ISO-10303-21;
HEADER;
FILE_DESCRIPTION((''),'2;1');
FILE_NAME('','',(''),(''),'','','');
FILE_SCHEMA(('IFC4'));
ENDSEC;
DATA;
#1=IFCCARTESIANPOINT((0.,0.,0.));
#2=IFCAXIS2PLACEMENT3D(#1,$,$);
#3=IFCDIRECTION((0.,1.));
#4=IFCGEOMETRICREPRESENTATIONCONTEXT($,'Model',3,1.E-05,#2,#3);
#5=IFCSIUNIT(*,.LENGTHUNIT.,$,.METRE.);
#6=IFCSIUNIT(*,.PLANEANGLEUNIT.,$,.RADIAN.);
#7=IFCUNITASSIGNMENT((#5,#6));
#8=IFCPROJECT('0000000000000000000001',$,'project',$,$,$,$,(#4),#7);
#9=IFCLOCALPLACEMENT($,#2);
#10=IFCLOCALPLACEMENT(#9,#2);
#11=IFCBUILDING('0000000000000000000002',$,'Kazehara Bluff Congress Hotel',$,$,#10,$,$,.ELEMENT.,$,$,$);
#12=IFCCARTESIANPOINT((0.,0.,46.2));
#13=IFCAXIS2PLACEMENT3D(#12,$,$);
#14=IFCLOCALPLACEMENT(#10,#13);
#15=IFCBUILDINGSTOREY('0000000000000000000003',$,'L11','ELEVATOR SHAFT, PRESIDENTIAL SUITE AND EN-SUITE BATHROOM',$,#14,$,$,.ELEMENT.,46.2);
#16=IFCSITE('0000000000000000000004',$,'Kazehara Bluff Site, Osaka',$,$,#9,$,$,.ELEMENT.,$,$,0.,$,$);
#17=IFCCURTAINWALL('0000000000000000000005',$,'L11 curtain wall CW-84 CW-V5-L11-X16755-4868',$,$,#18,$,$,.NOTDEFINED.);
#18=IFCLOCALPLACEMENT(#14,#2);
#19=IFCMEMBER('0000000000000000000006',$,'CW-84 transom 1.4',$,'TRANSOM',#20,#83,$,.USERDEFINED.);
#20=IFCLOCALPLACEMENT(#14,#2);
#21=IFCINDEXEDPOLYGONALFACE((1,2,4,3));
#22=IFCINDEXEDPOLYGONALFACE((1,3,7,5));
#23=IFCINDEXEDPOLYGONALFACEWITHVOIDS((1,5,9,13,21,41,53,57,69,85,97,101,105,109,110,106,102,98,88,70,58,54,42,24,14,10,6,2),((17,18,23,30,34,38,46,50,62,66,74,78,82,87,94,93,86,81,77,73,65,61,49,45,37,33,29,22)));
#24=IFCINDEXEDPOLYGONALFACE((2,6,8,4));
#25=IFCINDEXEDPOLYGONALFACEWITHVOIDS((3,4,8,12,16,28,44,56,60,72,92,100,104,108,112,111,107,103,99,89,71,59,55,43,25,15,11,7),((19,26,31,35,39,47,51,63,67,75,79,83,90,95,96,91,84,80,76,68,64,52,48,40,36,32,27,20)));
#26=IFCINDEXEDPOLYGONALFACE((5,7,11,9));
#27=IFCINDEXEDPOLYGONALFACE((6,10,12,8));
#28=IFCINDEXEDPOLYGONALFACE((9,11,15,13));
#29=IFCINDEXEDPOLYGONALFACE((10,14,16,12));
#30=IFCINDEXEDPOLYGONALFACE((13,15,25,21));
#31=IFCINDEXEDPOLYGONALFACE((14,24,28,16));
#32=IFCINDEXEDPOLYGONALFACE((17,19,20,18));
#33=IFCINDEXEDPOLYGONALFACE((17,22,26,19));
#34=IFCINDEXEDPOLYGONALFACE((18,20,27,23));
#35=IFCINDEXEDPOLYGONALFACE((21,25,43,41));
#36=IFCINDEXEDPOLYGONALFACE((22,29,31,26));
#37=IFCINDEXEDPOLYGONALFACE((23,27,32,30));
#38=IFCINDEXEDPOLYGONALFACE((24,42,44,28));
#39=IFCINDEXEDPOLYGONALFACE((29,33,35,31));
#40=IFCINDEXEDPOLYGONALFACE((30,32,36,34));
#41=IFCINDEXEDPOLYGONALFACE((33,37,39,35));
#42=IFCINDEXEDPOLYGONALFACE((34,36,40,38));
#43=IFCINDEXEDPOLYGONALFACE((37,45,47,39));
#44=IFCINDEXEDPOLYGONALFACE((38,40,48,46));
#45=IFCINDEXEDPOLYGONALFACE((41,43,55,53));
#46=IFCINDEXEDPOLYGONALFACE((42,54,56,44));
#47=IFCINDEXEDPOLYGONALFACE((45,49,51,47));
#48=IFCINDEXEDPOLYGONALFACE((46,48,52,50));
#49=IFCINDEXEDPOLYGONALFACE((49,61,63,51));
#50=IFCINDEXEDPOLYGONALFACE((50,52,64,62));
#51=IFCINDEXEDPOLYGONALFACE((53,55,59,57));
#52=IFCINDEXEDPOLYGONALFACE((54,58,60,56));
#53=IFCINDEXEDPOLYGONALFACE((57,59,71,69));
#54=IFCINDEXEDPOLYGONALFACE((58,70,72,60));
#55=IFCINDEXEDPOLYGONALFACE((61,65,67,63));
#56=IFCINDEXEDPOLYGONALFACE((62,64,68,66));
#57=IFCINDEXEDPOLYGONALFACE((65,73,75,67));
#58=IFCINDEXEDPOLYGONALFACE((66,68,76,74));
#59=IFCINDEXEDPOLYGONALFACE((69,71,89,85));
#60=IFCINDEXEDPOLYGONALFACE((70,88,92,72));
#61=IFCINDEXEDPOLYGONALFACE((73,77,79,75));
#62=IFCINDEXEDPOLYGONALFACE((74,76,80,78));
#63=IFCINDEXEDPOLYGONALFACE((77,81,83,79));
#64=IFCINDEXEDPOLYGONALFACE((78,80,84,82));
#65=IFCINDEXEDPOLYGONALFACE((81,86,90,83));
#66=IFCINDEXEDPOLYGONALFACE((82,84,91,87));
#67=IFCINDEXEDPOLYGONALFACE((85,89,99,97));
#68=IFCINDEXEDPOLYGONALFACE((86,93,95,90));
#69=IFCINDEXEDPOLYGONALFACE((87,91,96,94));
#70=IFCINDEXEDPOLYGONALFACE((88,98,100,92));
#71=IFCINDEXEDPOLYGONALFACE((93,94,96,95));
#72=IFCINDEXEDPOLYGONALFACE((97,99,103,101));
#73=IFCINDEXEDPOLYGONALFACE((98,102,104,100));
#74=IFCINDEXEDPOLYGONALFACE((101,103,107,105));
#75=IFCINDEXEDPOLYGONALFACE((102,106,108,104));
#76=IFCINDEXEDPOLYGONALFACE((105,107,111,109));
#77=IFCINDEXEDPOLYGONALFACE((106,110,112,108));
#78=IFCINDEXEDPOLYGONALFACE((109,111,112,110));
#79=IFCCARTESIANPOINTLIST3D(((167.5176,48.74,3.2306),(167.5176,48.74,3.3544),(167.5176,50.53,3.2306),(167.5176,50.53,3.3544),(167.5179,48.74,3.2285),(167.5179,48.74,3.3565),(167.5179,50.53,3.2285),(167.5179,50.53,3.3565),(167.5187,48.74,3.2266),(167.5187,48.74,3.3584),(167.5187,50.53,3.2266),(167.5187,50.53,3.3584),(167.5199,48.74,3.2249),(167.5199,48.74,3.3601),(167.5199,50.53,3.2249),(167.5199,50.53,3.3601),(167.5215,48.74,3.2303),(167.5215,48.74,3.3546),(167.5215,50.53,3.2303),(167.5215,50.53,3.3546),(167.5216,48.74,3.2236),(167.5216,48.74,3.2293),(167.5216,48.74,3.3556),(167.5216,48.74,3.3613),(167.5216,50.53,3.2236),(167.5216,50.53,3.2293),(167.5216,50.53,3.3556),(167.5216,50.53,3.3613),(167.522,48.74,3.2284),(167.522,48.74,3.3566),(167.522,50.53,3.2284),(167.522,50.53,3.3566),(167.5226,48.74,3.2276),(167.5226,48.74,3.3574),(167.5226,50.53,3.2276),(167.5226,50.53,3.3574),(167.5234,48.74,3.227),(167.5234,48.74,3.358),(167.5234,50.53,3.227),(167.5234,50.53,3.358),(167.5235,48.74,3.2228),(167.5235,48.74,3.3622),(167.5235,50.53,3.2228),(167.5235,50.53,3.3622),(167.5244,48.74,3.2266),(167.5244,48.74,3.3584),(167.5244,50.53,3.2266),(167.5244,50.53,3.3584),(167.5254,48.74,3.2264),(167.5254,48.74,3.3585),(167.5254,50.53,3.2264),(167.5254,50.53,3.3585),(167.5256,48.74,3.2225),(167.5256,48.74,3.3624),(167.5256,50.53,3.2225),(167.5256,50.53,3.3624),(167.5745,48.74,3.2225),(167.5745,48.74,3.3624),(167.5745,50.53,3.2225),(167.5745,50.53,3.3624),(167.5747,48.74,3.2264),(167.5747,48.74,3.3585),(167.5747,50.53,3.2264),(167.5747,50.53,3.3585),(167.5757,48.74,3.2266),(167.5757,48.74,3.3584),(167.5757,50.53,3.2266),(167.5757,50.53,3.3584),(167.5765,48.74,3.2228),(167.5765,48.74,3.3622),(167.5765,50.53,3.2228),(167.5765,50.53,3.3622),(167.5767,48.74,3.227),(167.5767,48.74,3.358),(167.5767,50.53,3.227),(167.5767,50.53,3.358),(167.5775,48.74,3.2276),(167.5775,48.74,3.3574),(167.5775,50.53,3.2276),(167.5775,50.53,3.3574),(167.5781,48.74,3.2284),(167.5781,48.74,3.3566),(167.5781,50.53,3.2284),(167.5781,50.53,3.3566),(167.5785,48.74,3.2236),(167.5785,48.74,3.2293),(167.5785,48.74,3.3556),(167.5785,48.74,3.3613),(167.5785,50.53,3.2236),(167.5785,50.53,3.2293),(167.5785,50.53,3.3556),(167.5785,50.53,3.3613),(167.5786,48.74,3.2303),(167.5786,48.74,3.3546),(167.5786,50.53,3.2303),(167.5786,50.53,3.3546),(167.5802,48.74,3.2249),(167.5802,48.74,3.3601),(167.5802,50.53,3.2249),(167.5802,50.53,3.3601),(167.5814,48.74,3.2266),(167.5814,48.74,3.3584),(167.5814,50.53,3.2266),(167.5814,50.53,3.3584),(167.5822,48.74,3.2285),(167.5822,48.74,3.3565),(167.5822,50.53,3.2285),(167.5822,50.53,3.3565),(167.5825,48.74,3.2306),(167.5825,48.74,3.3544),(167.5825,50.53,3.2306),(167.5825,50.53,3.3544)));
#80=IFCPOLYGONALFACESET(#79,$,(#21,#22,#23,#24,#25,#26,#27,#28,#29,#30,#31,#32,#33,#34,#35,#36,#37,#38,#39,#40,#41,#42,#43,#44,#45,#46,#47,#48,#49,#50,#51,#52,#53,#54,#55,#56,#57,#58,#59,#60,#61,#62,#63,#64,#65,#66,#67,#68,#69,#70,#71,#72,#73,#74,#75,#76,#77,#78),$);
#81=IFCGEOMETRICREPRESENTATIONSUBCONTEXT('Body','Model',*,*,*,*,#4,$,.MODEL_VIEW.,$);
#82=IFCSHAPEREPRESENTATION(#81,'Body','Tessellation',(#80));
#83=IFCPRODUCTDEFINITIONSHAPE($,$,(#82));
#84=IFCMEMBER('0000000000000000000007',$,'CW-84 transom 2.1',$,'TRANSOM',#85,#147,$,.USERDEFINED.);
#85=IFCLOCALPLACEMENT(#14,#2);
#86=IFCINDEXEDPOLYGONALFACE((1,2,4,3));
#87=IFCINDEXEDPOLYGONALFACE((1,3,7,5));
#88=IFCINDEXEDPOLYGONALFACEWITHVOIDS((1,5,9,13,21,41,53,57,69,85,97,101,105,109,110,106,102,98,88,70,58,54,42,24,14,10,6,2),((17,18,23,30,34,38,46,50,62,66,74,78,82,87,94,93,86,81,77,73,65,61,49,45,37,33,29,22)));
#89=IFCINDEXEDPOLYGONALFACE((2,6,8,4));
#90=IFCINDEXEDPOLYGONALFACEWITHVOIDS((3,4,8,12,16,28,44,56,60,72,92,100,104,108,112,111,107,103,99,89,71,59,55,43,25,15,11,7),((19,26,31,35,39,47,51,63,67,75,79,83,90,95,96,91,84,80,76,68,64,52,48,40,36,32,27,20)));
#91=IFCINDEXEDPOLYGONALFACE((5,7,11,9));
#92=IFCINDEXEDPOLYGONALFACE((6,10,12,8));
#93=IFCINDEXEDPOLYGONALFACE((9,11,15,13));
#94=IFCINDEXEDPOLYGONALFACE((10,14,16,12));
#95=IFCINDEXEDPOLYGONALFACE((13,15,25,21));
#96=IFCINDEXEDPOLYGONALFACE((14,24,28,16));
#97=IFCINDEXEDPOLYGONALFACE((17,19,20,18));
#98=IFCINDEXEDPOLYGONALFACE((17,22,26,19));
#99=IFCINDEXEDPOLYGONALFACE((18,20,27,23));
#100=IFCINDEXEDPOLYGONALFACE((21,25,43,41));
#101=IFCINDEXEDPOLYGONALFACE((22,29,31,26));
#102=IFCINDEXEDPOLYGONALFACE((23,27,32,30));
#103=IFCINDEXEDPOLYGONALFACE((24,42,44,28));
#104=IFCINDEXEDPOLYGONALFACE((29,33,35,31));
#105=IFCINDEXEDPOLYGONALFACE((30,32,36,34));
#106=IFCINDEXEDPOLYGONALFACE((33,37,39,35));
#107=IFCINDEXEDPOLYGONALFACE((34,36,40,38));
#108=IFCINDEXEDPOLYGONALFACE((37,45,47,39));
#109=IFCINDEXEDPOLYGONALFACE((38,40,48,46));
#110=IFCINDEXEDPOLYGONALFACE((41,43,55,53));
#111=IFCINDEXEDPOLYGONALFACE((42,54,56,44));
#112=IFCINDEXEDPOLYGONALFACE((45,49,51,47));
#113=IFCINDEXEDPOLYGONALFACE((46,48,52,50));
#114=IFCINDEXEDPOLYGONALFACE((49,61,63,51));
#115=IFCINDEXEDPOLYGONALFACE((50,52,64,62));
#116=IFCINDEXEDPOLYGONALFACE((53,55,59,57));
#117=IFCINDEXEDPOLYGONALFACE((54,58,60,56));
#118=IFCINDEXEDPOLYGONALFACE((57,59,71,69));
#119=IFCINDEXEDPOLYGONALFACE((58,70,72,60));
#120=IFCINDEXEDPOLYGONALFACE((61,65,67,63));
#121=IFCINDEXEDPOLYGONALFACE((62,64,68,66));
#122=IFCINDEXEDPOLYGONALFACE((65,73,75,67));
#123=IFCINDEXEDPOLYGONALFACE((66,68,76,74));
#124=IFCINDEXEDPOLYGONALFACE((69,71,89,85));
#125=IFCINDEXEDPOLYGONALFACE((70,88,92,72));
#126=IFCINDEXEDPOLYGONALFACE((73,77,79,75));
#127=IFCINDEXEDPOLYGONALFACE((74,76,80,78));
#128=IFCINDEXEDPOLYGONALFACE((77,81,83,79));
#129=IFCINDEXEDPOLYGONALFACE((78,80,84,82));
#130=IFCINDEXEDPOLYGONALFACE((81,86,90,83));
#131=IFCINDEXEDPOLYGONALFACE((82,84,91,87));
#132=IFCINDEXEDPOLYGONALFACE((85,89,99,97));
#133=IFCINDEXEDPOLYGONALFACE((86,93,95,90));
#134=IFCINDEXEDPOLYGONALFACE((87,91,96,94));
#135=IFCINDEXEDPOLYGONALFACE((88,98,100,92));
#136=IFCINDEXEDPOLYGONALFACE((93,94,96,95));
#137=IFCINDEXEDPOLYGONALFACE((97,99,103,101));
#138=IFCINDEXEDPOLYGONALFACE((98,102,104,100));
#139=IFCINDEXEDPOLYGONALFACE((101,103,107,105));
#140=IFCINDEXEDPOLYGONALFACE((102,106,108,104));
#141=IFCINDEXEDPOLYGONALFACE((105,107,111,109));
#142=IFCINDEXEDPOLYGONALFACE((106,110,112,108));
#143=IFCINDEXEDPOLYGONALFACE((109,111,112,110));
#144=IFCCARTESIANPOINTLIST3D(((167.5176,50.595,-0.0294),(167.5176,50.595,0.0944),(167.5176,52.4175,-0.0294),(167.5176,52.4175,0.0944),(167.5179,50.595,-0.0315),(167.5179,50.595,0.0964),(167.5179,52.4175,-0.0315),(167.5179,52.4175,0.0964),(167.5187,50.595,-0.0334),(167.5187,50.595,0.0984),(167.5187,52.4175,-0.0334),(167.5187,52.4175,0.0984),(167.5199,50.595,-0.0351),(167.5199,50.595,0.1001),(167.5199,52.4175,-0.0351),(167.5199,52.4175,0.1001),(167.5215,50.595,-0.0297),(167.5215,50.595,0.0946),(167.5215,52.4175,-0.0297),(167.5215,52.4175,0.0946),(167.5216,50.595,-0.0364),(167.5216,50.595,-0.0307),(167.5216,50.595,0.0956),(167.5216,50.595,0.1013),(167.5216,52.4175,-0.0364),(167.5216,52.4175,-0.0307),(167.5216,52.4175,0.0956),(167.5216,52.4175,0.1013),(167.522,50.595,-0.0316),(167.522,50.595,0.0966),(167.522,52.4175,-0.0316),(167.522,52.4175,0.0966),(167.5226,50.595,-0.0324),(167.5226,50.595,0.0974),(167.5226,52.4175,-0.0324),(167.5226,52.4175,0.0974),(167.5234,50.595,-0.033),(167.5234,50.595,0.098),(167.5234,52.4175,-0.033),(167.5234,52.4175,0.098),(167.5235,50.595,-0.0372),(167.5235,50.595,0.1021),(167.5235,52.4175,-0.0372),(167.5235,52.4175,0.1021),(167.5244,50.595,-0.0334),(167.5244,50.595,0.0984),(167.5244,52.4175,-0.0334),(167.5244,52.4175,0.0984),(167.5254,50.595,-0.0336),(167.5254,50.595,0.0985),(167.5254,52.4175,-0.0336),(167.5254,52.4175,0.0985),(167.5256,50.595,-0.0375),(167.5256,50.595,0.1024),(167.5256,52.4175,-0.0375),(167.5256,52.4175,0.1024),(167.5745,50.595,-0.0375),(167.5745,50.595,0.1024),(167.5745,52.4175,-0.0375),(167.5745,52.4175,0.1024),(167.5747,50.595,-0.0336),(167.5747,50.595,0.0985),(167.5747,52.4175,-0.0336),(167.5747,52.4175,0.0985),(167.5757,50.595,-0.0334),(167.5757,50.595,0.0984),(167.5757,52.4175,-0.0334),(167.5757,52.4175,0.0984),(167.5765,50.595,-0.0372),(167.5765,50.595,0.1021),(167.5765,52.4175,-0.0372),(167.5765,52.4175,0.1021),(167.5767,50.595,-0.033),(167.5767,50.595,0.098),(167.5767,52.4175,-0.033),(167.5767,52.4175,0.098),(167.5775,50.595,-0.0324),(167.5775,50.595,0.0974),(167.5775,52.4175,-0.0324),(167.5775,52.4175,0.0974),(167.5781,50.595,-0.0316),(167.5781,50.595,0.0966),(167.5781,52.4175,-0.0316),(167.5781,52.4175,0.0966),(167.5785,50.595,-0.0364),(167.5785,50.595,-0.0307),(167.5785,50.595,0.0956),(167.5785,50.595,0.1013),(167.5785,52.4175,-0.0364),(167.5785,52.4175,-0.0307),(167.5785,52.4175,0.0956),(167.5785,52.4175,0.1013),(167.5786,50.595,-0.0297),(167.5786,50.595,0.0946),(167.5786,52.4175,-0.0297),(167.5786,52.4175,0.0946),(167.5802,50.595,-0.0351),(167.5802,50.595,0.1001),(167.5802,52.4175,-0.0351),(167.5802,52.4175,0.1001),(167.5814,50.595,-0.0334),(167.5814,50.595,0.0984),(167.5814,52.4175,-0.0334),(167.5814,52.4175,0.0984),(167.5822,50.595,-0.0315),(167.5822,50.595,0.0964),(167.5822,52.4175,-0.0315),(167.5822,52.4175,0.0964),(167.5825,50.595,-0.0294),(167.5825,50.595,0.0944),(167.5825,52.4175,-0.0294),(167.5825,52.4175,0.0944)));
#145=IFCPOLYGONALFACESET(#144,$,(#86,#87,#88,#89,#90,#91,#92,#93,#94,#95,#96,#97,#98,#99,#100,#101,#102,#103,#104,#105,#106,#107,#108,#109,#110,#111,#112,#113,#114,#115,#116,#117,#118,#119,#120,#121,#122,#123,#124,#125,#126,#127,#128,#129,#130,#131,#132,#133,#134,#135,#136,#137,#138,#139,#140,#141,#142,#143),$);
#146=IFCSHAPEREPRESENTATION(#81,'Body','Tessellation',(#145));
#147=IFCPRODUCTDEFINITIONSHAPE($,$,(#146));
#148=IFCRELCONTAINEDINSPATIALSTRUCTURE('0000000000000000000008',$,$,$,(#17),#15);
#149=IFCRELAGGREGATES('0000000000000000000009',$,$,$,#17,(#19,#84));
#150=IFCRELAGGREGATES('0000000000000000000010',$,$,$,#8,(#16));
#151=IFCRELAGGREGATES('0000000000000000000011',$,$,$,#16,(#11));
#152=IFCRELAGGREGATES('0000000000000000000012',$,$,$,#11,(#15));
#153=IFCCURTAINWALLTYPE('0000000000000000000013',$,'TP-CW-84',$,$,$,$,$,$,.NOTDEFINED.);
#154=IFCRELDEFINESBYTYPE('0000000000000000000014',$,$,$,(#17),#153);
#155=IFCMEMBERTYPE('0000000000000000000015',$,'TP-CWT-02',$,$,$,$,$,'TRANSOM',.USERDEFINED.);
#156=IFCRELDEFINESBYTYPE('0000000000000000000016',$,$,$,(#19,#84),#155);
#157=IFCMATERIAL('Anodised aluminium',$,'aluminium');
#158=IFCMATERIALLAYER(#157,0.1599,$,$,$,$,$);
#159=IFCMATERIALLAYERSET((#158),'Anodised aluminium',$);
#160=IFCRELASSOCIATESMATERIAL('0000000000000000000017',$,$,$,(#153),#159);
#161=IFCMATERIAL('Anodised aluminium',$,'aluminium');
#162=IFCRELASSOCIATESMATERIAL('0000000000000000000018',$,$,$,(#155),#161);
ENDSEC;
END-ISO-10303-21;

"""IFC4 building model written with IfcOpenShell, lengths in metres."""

from ifc_helpers import new_model, si_unit, direction, frame, origin, origin_2d, place, context, subcontext, project, spatial, hollow_rectangle, extrude, material, layer, layer_set, material_profile, profile_set, type_object, element, aggregate, save


model = new_model("IFC4")

# Units and contexts
model_context = context("Model", 3, precision=1e-05, world=origin(), true_north=direction((0.0, 1.0)))
body_context = subcontext(model_context, "Body", "Model", "MODEL_VIEW")
ifc_project = project(units=[si_unit("LENGTHUNIT", "METRE"), si_unit("PLANEANGLEUNIT", "RADIAN")], contexts=[model_context])

# Site, building, storey
site_placement = place(None, origin())
site = spatial("IfcSite", under=ifc_project, at=site_placement, Name="Kazehara Bluff Site, Osaka", CompositionType="ELEMENT", RefElevation=0.0)
building_placement = place(site_placement, origin())
building = spatial("IfcBuilding", under=site, at=building_placement, Name="Kazehara Bluff Congress Hotel", CompositionType="ELEMENT")
storey_placement = place(building_placement, frame((0.0, 0.0, 46.2)))
storey = spatial("IfcBuildingStorey", under=building, at=storey_placement, Name="L11", Description="ELEVATOR SHAFT, PRESIDENTIAL SUITE AND EN-SUITE BATHROOM", CompositionType="ELEMENT", Elevation=46.2)

# Curtain wall, members
ifc_material_1 = material(Name="Anodised aluminium", Category="aluminium")
ifc_layer_1 = layer(ifc_material_1, 0.1599)
ifc_layer_set_1 = layer_set([ifc_layer_1], Name="Anodised aluminium")
curtain_wall_type = type_object("IfcCurtainWallType", Name="TP-CW-84", PredefinedType="NOTDEFINED", material=ifc_layer_set_1)
curtain_wall_placement = place(storey_placement, origin())
curtain_wall = element("IfcCurtainWall", 1, at=curtain_wall_placement, inside=storey, type_object=curtain_wall_type, Name="L11 curtain wall CW-84 CW-V5-L11-X16755-4868", PredefinedType="NOTDEFINED")
ifc_material_2 = material(Name="Anodised aluminium", Category="aluminium")
ifc_material_profile_1 = material_profile(ifc_material_2, hollow_rectangle(XDim=0.0649, YDim=0.1399, WallThickness=0.0039, InnerFilletRadius=0.0039, OuterFilletRadius=0.0081, at=origin_2d()))
ifc_profile_set_1 = profile_set([ifc_material_profile_1], Name="Anodised aluminium")
member_type_1 = type_object("IfcMemberType", Name="TP-CWT-02", ElementType="TRANSOM", PredefinedType="USERDEFINED", material=ifc_profile_set_1)
member_1_placement = place(storey_placement, frame((167.55, 48.74, 3.2925), z_axis=(0.0, 1.0, 0.0), x_axis=(-1.0, 0.0, 0.0)))
member_1 = element("IfcMember", 2, at=member_1_placement, type_object=member_type_1, Name="CW-84 transom 1.4", ObjectType="TRANSOM", PredefinedType="USERDEFINED", context=body_context, shape_type="SweptSolid", body=[
    extrude(hollow_rectangle(XDim=0.0649, YDim=0.1399, WallThickness=0.0039, InnerFilletRadius=0.0039, OuterFilletRadius=0.0081, at=origin_2d()), origin(), (0.0, 0.0, 1.0), 1.79),
])
member_2_placement = place(storey_placement, frame((167.55, 50.595, 0.0325), z_axis=(0.0, 1.0, 0.0), x_axis=(-1.0, 0.0, 0.0)))
member_2 = element("IfcMember", 3, at=member_2_placement, type_object=member_type_1, Name="CW-84 transom 2.1", ObjectType="TRANSOM", PredefinedType="USERDEFINED", context=body_context, shape_type="SweptSolid", body=[
    extrude(hollow_rectangle(XDim=0.0649, YDim=0.1399, WallThickness=0.0039, InnerFilletRadius=0.0039, OuterFilletRadius=0.0081, at=origin_2d()), origin(), (0.0, 0.0, 1.0), 1.8225),
])

aggregate(curtain_wall, [member_1, member_2])

save(model, "model.ifc")
